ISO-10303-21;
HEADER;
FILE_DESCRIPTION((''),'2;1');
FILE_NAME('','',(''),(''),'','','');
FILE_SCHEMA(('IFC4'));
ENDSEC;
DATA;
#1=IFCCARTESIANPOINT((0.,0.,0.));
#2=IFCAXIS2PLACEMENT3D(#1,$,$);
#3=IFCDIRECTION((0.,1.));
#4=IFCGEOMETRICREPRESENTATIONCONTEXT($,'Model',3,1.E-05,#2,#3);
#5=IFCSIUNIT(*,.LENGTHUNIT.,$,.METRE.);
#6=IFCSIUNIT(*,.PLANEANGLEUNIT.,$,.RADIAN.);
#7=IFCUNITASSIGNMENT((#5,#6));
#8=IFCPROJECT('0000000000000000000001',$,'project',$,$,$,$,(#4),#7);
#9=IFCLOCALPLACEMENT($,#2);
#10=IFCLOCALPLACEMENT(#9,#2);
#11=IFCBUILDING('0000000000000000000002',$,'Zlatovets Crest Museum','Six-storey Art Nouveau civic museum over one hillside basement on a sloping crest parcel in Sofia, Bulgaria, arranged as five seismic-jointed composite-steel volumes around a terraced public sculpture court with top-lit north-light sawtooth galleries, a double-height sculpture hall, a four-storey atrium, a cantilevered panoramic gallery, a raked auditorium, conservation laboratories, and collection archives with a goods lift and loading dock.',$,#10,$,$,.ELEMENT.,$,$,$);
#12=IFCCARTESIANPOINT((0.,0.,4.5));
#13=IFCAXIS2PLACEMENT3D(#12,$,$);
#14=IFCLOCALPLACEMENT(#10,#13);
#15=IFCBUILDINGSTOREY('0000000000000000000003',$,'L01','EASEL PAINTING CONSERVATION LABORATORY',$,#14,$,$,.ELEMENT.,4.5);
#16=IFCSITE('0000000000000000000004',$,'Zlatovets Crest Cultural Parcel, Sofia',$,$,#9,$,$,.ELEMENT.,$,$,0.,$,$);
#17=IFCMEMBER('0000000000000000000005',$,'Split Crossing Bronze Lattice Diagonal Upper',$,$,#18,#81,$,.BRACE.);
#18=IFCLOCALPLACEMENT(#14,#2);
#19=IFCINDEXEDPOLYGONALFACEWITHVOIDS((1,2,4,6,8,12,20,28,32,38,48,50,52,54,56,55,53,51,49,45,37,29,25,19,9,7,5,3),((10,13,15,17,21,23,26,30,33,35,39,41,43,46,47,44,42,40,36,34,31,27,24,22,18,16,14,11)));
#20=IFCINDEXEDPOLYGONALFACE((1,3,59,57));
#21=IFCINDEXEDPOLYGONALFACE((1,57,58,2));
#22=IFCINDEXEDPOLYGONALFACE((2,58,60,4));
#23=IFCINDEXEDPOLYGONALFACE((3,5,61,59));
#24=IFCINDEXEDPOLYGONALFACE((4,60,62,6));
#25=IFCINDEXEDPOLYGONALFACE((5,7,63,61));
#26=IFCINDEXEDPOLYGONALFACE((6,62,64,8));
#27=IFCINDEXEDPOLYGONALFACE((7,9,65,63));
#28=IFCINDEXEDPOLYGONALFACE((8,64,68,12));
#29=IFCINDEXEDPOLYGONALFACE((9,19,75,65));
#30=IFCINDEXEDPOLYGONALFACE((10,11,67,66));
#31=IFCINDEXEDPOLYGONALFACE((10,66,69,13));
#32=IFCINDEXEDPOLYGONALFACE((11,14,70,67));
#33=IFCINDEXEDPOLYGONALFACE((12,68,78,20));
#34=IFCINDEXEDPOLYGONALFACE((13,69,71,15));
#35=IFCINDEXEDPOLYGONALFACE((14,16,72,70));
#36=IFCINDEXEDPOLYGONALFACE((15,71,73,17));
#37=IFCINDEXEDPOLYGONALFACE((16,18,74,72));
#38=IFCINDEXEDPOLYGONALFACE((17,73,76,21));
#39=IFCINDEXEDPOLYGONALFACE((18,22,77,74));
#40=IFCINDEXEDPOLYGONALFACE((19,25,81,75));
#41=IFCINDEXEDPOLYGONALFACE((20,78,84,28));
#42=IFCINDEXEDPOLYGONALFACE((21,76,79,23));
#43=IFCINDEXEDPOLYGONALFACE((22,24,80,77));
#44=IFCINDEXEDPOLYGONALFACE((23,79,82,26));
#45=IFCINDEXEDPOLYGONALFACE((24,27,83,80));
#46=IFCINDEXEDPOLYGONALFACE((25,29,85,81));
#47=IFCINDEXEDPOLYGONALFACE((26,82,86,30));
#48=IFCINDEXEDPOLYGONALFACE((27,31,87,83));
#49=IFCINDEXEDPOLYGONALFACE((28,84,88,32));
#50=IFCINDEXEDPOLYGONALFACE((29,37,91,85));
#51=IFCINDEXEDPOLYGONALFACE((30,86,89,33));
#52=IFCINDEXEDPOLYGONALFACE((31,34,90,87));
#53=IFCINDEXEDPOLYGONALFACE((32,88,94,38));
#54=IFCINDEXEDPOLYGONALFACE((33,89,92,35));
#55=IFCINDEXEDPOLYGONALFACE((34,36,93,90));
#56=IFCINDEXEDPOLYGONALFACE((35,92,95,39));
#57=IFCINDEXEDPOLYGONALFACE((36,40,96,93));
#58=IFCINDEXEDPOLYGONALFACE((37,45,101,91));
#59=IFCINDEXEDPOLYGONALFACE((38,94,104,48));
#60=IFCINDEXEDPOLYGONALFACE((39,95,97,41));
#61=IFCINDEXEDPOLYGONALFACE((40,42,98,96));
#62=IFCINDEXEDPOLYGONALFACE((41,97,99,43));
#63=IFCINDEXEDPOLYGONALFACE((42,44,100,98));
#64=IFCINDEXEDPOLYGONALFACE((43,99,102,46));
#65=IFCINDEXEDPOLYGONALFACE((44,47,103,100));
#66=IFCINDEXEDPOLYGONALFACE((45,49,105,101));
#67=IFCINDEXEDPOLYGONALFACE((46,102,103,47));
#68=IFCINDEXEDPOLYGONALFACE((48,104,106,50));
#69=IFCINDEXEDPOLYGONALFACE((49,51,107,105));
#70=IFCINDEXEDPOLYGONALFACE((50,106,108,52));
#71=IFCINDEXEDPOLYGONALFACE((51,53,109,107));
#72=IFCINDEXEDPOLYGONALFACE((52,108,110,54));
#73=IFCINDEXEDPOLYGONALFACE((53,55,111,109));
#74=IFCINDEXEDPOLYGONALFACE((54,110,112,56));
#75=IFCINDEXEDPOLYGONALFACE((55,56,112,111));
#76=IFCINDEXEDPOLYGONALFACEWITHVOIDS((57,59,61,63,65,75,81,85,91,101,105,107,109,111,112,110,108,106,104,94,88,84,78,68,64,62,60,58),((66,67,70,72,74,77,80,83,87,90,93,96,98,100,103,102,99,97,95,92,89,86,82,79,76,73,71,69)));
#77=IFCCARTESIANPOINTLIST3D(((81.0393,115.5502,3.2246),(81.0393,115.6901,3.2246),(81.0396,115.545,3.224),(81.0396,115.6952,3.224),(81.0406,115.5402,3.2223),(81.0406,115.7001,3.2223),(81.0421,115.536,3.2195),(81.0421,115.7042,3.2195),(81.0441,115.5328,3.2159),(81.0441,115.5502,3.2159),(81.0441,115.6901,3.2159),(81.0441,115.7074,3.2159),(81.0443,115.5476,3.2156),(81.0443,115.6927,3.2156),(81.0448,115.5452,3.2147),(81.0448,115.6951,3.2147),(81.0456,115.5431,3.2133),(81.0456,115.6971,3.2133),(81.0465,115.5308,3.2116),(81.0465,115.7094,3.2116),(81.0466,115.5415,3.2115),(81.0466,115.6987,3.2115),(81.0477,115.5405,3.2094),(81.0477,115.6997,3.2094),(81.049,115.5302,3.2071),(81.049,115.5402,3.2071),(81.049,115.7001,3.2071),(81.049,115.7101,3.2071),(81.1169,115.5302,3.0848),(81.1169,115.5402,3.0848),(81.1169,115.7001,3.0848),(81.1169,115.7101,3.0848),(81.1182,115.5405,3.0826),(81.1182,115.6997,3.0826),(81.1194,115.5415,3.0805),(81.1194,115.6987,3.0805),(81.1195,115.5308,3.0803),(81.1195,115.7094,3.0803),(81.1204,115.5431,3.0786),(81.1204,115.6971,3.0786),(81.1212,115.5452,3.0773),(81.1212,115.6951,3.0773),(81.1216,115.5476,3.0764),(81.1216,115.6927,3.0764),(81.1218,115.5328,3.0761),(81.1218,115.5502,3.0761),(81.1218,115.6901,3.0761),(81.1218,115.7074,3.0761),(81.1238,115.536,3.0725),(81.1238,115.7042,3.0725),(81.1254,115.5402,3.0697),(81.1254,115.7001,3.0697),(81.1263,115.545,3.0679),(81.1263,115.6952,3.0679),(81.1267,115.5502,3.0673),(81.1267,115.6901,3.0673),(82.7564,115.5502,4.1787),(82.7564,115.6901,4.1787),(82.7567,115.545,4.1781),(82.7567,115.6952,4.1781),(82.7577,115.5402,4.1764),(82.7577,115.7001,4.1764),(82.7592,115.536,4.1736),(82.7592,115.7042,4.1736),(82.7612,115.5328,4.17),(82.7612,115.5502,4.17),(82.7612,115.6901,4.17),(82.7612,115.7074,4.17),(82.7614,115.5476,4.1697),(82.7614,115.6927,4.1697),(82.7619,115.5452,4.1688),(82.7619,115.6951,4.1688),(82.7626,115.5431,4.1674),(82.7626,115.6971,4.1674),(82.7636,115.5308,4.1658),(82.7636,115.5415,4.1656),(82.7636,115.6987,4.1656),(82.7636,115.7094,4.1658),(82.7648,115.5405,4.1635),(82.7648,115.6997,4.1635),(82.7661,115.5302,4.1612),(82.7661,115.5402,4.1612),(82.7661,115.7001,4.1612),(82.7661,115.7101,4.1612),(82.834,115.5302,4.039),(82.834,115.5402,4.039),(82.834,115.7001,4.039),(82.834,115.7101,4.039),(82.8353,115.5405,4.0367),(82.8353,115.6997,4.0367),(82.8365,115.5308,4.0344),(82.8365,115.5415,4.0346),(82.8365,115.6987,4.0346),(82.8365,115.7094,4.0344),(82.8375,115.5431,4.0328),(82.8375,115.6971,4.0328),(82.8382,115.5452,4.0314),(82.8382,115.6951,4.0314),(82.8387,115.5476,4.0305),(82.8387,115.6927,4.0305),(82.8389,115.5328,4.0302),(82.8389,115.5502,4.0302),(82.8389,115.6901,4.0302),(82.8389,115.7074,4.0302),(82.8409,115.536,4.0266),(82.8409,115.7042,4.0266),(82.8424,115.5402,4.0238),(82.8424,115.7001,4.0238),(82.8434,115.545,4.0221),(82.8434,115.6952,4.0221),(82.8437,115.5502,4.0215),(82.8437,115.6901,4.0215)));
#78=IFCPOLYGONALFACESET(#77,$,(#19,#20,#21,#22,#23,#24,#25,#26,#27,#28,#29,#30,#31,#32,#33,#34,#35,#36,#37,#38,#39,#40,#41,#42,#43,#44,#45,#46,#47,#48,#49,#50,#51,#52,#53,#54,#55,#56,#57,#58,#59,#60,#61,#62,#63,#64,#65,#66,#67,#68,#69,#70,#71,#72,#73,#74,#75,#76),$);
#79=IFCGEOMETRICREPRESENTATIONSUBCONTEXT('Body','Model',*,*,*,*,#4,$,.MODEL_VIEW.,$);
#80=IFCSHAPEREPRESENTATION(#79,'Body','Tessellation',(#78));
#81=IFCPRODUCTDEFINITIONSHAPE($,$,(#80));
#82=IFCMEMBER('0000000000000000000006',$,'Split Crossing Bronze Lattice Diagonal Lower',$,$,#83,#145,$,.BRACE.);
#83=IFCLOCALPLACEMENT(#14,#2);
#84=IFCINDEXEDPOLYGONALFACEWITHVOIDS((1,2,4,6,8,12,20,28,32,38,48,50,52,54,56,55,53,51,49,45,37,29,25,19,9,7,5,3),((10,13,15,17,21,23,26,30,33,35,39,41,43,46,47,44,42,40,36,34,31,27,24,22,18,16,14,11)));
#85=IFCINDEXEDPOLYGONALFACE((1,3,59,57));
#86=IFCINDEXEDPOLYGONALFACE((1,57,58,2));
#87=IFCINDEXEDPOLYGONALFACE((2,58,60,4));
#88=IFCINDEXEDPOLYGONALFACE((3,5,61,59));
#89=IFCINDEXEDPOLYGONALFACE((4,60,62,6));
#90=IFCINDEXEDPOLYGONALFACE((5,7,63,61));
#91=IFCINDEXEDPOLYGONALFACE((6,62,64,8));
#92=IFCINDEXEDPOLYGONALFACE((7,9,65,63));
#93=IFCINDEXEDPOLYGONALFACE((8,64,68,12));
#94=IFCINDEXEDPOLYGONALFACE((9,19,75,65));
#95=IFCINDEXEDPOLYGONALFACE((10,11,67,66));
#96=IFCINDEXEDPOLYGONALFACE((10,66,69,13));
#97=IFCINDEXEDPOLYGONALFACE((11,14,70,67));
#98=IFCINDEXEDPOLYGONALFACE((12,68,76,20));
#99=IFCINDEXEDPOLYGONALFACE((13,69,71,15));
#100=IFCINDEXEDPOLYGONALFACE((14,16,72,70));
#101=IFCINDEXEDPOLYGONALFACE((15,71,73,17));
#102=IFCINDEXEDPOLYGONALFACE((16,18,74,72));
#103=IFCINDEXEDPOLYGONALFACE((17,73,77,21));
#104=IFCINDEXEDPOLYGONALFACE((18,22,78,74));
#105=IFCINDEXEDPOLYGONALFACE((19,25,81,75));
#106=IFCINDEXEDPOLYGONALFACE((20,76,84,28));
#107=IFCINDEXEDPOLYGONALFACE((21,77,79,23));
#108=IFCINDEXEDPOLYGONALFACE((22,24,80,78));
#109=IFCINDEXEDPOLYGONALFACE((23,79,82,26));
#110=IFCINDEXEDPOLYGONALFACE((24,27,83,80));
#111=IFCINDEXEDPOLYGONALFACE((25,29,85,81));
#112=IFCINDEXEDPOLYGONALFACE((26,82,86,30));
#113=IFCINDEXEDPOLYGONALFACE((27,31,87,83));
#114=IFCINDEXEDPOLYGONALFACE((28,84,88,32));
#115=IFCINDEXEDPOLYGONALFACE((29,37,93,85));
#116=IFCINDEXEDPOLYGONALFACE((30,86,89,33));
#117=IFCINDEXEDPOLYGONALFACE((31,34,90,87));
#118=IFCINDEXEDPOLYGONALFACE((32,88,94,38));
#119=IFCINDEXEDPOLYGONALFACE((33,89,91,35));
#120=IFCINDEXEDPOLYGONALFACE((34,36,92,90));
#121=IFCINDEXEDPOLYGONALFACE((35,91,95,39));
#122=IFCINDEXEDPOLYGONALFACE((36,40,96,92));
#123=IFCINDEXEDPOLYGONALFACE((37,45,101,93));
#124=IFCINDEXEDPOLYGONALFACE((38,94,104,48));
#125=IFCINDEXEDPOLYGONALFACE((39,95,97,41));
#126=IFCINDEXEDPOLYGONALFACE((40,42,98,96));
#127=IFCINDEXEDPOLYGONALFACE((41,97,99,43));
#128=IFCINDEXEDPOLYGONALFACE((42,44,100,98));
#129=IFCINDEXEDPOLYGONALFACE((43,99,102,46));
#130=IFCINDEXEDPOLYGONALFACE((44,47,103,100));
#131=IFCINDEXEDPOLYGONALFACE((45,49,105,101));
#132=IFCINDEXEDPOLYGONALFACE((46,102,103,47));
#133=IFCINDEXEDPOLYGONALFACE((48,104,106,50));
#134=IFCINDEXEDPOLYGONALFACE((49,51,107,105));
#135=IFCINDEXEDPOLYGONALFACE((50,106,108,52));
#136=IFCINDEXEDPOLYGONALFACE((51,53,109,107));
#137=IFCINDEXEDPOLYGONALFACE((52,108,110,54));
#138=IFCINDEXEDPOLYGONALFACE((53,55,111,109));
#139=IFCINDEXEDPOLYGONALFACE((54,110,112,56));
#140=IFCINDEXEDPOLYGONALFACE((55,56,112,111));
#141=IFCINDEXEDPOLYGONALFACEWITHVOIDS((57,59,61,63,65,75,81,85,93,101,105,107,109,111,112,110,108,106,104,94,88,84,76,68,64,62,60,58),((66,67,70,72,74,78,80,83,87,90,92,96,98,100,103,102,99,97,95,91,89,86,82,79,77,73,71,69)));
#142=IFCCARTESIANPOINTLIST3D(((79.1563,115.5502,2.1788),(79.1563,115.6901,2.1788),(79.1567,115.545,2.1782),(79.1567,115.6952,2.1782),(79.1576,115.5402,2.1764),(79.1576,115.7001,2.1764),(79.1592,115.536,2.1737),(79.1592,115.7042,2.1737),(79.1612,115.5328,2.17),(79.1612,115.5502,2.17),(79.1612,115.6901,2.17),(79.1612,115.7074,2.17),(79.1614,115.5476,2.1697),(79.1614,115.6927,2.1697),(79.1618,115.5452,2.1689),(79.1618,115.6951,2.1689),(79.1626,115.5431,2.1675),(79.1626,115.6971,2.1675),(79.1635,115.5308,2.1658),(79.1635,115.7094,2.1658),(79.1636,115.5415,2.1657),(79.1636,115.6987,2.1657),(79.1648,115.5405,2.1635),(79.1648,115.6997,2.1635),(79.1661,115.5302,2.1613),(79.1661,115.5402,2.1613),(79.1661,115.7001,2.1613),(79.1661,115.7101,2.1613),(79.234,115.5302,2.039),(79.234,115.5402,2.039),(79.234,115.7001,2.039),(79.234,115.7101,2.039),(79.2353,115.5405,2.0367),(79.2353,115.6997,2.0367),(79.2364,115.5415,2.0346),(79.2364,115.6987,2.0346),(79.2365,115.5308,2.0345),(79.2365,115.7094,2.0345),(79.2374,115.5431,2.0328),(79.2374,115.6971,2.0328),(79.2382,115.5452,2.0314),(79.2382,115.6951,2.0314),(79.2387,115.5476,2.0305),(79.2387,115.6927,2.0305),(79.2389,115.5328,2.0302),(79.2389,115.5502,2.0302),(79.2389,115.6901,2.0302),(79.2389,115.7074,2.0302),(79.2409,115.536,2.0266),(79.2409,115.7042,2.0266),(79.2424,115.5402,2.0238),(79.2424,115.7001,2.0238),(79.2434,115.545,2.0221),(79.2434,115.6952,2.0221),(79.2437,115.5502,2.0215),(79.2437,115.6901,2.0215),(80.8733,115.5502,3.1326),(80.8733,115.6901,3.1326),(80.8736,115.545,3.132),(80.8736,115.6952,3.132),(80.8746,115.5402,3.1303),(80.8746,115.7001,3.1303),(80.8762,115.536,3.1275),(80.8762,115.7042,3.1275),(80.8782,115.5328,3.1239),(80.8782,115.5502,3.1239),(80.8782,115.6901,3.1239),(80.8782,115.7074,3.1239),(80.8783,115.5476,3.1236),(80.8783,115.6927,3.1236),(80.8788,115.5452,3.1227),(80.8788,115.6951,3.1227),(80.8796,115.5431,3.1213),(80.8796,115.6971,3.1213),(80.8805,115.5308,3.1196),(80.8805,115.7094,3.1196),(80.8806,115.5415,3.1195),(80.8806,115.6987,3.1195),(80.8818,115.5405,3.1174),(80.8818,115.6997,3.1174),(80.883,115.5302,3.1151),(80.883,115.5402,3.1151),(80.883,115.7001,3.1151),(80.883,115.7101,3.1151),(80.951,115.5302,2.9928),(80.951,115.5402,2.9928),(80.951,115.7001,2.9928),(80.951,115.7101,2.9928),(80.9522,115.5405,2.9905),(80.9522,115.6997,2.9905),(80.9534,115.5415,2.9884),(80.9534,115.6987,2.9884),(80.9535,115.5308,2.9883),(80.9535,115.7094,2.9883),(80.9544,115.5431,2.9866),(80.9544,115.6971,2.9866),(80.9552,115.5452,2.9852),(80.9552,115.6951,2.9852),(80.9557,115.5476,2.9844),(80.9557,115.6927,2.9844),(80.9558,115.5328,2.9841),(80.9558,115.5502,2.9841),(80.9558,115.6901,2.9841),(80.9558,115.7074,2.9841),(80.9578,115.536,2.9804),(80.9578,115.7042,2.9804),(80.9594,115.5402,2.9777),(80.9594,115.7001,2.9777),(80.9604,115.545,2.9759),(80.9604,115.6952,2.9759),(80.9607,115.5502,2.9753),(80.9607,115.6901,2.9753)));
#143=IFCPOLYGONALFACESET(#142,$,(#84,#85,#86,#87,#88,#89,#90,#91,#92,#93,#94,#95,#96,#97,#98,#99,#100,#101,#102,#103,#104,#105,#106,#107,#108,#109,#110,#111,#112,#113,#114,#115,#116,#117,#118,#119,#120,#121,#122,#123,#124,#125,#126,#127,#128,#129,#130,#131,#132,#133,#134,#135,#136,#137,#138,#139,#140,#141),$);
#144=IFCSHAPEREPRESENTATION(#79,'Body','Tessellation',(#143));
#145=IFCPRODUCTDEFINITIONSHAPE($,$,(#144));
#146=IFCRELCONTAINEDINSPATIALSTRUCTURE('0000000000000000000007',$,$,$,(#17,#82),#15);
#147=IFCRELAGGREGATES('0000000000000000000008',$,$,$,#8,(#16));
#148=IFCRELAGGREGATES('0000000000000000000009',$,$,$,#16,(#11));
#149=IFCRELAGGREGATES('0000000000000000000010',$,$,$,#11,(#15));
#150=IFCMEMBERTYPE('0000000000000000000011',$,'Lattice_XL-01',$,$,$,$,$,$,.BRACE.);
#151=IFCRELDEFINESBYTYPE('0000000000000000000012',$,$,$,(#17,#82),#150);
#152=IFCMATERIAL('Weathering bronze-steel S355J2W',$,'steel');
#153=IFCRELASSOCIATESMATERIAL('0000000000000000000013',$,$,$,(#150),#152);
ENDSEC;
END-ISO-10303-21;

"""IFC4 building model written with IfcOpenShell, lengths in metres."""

from ifc_helpers import new_model, si_unit, direction, frame, origin, origin_2d, place, context, subcontext, project, spatial, hollow_rectangle, extrude, material, material_profile, profile_set, type_object, element, save


model = new_model("IFC4")

# Units and contexts
model_context = context("Model", 3, precision=1e-05, world=origin(), true_north=direction((0.0, 1.0)))
body_context = subcontext(model_context, "Body", "Model", "MODEL_VIEW")
ifc_project = project(units=[si_unit("LENGTHUNIT", "METRE"), si_unit("PLANEANGLEUNIT", "RADIAN")], contexts=[model_context])

# Site, building, storey
site_placement = place(None, origin())
site = spatial("IfcSite", under=ifc_project, at=site_placement, Name="Zlatovets Crest Cultural Parcel, Sofia", CompositionType="ELEMENT", RefElevation=0.0)
building_placement = place(site_placement, origin())
building = spatial("IfcBuilding", under=site, at=building_placement, Name="Zlatovets Crest Museum", Description="Six-storey Art Nouveau civic museum over one hillside basement on a sloping crest parcel in Sofia, Bulgaria, arranged as five seismic-jointed composite-steel volumes around a terraced public sculpture court with top-lit north-light sawtooth galleries, a double-height sculpture hall, a four-storey atrium, a cantilevered panoramic gallery, a raked auditorium, conservation laboratories, and collection archives with a goods lift and loading dock.", CompositionType="ELEMENT")
storey_placement = place(building_placement, frame((0.0, 0.0, 4.5)))
storey = spatial("IfcBuildingStorey", under=building, at=storey_placement, Name="L01", Description="EASEL PAINTING CONSERVATION LABORATORY", CompositionType="ELEMENT", Elevation=4.5)

# Members
ifc_material_1 = material(Name="Weathering bronze-steel S355J2W", Category="steel")
ifc_material_profile_1 = material_profile(ifc_material_1, hollow_rectangle(XDim=0.1799, YDim=0.1799, WallThickness=0.01, InnerFilletRadius=0.01, OuterFilletRadius=0.02, at=origin_2d()), Name="SHS 180x180x10.0")
ifc_profile_set_1 = profile_set([ifc_material_profile_1], Name="Weathering bronze-steel S355J2W")
member_type_1 = type_object("IfcMemberType", Name="Lattice_XL-01", PredefinedType="BRACE", material=ifc_profile_set_1)
member_1_placement = place(storey_placement, frame((82.8, 115.6201, 4.1001), z_axis=(-0.874116, 0.0, -0.485717), x_axis=(0.0, -1.0, 0.0)))
element("IfcMember", 1, at=member_1_placement, inside=storey, type_object=member_type_1, Name="Split Crossing Bronze Lattice Diagonal Upper", PredefinedType="BRACE", context=body_context, shape_type="SweptSolid", body=[
    extrude(hollow_rectangle(XDim=0.1799, YDim=0.1799, WallThickness=0.01, InnerFilletRadius=0.01, OuterFilletRadius=0.02, at=origin_2d()), origin(), (0.0, 0.0, 1.0), 1.9644),
])
member_2_placement = place(storey_placement, frame((80.917, 115.6201, 3.054), z_axis=(-0.874169, 0.0, -0.485622), x_axis=(0.0, -1.0, 0.0)))
element("IfcMember", 2, at=member_2_placement, inside=storey, type_object=member_type_1, Name="Split Crossing Bronze Lattice Diagonal Lower", PredefinedType="BRACE", context=body_context, shape_type="SweptSolid", body=[
    extrude(hollow_rectangle(XDim=0.1799, YDim=0.1799, WallThickness=0.01, InnerFilletRadius=0.01, OuterFilletRadius=0.02, at=origin_2d()), origin(), (0.0, 0.0, 1.0), 1.9641),
])

save(model, "model.ifc")
